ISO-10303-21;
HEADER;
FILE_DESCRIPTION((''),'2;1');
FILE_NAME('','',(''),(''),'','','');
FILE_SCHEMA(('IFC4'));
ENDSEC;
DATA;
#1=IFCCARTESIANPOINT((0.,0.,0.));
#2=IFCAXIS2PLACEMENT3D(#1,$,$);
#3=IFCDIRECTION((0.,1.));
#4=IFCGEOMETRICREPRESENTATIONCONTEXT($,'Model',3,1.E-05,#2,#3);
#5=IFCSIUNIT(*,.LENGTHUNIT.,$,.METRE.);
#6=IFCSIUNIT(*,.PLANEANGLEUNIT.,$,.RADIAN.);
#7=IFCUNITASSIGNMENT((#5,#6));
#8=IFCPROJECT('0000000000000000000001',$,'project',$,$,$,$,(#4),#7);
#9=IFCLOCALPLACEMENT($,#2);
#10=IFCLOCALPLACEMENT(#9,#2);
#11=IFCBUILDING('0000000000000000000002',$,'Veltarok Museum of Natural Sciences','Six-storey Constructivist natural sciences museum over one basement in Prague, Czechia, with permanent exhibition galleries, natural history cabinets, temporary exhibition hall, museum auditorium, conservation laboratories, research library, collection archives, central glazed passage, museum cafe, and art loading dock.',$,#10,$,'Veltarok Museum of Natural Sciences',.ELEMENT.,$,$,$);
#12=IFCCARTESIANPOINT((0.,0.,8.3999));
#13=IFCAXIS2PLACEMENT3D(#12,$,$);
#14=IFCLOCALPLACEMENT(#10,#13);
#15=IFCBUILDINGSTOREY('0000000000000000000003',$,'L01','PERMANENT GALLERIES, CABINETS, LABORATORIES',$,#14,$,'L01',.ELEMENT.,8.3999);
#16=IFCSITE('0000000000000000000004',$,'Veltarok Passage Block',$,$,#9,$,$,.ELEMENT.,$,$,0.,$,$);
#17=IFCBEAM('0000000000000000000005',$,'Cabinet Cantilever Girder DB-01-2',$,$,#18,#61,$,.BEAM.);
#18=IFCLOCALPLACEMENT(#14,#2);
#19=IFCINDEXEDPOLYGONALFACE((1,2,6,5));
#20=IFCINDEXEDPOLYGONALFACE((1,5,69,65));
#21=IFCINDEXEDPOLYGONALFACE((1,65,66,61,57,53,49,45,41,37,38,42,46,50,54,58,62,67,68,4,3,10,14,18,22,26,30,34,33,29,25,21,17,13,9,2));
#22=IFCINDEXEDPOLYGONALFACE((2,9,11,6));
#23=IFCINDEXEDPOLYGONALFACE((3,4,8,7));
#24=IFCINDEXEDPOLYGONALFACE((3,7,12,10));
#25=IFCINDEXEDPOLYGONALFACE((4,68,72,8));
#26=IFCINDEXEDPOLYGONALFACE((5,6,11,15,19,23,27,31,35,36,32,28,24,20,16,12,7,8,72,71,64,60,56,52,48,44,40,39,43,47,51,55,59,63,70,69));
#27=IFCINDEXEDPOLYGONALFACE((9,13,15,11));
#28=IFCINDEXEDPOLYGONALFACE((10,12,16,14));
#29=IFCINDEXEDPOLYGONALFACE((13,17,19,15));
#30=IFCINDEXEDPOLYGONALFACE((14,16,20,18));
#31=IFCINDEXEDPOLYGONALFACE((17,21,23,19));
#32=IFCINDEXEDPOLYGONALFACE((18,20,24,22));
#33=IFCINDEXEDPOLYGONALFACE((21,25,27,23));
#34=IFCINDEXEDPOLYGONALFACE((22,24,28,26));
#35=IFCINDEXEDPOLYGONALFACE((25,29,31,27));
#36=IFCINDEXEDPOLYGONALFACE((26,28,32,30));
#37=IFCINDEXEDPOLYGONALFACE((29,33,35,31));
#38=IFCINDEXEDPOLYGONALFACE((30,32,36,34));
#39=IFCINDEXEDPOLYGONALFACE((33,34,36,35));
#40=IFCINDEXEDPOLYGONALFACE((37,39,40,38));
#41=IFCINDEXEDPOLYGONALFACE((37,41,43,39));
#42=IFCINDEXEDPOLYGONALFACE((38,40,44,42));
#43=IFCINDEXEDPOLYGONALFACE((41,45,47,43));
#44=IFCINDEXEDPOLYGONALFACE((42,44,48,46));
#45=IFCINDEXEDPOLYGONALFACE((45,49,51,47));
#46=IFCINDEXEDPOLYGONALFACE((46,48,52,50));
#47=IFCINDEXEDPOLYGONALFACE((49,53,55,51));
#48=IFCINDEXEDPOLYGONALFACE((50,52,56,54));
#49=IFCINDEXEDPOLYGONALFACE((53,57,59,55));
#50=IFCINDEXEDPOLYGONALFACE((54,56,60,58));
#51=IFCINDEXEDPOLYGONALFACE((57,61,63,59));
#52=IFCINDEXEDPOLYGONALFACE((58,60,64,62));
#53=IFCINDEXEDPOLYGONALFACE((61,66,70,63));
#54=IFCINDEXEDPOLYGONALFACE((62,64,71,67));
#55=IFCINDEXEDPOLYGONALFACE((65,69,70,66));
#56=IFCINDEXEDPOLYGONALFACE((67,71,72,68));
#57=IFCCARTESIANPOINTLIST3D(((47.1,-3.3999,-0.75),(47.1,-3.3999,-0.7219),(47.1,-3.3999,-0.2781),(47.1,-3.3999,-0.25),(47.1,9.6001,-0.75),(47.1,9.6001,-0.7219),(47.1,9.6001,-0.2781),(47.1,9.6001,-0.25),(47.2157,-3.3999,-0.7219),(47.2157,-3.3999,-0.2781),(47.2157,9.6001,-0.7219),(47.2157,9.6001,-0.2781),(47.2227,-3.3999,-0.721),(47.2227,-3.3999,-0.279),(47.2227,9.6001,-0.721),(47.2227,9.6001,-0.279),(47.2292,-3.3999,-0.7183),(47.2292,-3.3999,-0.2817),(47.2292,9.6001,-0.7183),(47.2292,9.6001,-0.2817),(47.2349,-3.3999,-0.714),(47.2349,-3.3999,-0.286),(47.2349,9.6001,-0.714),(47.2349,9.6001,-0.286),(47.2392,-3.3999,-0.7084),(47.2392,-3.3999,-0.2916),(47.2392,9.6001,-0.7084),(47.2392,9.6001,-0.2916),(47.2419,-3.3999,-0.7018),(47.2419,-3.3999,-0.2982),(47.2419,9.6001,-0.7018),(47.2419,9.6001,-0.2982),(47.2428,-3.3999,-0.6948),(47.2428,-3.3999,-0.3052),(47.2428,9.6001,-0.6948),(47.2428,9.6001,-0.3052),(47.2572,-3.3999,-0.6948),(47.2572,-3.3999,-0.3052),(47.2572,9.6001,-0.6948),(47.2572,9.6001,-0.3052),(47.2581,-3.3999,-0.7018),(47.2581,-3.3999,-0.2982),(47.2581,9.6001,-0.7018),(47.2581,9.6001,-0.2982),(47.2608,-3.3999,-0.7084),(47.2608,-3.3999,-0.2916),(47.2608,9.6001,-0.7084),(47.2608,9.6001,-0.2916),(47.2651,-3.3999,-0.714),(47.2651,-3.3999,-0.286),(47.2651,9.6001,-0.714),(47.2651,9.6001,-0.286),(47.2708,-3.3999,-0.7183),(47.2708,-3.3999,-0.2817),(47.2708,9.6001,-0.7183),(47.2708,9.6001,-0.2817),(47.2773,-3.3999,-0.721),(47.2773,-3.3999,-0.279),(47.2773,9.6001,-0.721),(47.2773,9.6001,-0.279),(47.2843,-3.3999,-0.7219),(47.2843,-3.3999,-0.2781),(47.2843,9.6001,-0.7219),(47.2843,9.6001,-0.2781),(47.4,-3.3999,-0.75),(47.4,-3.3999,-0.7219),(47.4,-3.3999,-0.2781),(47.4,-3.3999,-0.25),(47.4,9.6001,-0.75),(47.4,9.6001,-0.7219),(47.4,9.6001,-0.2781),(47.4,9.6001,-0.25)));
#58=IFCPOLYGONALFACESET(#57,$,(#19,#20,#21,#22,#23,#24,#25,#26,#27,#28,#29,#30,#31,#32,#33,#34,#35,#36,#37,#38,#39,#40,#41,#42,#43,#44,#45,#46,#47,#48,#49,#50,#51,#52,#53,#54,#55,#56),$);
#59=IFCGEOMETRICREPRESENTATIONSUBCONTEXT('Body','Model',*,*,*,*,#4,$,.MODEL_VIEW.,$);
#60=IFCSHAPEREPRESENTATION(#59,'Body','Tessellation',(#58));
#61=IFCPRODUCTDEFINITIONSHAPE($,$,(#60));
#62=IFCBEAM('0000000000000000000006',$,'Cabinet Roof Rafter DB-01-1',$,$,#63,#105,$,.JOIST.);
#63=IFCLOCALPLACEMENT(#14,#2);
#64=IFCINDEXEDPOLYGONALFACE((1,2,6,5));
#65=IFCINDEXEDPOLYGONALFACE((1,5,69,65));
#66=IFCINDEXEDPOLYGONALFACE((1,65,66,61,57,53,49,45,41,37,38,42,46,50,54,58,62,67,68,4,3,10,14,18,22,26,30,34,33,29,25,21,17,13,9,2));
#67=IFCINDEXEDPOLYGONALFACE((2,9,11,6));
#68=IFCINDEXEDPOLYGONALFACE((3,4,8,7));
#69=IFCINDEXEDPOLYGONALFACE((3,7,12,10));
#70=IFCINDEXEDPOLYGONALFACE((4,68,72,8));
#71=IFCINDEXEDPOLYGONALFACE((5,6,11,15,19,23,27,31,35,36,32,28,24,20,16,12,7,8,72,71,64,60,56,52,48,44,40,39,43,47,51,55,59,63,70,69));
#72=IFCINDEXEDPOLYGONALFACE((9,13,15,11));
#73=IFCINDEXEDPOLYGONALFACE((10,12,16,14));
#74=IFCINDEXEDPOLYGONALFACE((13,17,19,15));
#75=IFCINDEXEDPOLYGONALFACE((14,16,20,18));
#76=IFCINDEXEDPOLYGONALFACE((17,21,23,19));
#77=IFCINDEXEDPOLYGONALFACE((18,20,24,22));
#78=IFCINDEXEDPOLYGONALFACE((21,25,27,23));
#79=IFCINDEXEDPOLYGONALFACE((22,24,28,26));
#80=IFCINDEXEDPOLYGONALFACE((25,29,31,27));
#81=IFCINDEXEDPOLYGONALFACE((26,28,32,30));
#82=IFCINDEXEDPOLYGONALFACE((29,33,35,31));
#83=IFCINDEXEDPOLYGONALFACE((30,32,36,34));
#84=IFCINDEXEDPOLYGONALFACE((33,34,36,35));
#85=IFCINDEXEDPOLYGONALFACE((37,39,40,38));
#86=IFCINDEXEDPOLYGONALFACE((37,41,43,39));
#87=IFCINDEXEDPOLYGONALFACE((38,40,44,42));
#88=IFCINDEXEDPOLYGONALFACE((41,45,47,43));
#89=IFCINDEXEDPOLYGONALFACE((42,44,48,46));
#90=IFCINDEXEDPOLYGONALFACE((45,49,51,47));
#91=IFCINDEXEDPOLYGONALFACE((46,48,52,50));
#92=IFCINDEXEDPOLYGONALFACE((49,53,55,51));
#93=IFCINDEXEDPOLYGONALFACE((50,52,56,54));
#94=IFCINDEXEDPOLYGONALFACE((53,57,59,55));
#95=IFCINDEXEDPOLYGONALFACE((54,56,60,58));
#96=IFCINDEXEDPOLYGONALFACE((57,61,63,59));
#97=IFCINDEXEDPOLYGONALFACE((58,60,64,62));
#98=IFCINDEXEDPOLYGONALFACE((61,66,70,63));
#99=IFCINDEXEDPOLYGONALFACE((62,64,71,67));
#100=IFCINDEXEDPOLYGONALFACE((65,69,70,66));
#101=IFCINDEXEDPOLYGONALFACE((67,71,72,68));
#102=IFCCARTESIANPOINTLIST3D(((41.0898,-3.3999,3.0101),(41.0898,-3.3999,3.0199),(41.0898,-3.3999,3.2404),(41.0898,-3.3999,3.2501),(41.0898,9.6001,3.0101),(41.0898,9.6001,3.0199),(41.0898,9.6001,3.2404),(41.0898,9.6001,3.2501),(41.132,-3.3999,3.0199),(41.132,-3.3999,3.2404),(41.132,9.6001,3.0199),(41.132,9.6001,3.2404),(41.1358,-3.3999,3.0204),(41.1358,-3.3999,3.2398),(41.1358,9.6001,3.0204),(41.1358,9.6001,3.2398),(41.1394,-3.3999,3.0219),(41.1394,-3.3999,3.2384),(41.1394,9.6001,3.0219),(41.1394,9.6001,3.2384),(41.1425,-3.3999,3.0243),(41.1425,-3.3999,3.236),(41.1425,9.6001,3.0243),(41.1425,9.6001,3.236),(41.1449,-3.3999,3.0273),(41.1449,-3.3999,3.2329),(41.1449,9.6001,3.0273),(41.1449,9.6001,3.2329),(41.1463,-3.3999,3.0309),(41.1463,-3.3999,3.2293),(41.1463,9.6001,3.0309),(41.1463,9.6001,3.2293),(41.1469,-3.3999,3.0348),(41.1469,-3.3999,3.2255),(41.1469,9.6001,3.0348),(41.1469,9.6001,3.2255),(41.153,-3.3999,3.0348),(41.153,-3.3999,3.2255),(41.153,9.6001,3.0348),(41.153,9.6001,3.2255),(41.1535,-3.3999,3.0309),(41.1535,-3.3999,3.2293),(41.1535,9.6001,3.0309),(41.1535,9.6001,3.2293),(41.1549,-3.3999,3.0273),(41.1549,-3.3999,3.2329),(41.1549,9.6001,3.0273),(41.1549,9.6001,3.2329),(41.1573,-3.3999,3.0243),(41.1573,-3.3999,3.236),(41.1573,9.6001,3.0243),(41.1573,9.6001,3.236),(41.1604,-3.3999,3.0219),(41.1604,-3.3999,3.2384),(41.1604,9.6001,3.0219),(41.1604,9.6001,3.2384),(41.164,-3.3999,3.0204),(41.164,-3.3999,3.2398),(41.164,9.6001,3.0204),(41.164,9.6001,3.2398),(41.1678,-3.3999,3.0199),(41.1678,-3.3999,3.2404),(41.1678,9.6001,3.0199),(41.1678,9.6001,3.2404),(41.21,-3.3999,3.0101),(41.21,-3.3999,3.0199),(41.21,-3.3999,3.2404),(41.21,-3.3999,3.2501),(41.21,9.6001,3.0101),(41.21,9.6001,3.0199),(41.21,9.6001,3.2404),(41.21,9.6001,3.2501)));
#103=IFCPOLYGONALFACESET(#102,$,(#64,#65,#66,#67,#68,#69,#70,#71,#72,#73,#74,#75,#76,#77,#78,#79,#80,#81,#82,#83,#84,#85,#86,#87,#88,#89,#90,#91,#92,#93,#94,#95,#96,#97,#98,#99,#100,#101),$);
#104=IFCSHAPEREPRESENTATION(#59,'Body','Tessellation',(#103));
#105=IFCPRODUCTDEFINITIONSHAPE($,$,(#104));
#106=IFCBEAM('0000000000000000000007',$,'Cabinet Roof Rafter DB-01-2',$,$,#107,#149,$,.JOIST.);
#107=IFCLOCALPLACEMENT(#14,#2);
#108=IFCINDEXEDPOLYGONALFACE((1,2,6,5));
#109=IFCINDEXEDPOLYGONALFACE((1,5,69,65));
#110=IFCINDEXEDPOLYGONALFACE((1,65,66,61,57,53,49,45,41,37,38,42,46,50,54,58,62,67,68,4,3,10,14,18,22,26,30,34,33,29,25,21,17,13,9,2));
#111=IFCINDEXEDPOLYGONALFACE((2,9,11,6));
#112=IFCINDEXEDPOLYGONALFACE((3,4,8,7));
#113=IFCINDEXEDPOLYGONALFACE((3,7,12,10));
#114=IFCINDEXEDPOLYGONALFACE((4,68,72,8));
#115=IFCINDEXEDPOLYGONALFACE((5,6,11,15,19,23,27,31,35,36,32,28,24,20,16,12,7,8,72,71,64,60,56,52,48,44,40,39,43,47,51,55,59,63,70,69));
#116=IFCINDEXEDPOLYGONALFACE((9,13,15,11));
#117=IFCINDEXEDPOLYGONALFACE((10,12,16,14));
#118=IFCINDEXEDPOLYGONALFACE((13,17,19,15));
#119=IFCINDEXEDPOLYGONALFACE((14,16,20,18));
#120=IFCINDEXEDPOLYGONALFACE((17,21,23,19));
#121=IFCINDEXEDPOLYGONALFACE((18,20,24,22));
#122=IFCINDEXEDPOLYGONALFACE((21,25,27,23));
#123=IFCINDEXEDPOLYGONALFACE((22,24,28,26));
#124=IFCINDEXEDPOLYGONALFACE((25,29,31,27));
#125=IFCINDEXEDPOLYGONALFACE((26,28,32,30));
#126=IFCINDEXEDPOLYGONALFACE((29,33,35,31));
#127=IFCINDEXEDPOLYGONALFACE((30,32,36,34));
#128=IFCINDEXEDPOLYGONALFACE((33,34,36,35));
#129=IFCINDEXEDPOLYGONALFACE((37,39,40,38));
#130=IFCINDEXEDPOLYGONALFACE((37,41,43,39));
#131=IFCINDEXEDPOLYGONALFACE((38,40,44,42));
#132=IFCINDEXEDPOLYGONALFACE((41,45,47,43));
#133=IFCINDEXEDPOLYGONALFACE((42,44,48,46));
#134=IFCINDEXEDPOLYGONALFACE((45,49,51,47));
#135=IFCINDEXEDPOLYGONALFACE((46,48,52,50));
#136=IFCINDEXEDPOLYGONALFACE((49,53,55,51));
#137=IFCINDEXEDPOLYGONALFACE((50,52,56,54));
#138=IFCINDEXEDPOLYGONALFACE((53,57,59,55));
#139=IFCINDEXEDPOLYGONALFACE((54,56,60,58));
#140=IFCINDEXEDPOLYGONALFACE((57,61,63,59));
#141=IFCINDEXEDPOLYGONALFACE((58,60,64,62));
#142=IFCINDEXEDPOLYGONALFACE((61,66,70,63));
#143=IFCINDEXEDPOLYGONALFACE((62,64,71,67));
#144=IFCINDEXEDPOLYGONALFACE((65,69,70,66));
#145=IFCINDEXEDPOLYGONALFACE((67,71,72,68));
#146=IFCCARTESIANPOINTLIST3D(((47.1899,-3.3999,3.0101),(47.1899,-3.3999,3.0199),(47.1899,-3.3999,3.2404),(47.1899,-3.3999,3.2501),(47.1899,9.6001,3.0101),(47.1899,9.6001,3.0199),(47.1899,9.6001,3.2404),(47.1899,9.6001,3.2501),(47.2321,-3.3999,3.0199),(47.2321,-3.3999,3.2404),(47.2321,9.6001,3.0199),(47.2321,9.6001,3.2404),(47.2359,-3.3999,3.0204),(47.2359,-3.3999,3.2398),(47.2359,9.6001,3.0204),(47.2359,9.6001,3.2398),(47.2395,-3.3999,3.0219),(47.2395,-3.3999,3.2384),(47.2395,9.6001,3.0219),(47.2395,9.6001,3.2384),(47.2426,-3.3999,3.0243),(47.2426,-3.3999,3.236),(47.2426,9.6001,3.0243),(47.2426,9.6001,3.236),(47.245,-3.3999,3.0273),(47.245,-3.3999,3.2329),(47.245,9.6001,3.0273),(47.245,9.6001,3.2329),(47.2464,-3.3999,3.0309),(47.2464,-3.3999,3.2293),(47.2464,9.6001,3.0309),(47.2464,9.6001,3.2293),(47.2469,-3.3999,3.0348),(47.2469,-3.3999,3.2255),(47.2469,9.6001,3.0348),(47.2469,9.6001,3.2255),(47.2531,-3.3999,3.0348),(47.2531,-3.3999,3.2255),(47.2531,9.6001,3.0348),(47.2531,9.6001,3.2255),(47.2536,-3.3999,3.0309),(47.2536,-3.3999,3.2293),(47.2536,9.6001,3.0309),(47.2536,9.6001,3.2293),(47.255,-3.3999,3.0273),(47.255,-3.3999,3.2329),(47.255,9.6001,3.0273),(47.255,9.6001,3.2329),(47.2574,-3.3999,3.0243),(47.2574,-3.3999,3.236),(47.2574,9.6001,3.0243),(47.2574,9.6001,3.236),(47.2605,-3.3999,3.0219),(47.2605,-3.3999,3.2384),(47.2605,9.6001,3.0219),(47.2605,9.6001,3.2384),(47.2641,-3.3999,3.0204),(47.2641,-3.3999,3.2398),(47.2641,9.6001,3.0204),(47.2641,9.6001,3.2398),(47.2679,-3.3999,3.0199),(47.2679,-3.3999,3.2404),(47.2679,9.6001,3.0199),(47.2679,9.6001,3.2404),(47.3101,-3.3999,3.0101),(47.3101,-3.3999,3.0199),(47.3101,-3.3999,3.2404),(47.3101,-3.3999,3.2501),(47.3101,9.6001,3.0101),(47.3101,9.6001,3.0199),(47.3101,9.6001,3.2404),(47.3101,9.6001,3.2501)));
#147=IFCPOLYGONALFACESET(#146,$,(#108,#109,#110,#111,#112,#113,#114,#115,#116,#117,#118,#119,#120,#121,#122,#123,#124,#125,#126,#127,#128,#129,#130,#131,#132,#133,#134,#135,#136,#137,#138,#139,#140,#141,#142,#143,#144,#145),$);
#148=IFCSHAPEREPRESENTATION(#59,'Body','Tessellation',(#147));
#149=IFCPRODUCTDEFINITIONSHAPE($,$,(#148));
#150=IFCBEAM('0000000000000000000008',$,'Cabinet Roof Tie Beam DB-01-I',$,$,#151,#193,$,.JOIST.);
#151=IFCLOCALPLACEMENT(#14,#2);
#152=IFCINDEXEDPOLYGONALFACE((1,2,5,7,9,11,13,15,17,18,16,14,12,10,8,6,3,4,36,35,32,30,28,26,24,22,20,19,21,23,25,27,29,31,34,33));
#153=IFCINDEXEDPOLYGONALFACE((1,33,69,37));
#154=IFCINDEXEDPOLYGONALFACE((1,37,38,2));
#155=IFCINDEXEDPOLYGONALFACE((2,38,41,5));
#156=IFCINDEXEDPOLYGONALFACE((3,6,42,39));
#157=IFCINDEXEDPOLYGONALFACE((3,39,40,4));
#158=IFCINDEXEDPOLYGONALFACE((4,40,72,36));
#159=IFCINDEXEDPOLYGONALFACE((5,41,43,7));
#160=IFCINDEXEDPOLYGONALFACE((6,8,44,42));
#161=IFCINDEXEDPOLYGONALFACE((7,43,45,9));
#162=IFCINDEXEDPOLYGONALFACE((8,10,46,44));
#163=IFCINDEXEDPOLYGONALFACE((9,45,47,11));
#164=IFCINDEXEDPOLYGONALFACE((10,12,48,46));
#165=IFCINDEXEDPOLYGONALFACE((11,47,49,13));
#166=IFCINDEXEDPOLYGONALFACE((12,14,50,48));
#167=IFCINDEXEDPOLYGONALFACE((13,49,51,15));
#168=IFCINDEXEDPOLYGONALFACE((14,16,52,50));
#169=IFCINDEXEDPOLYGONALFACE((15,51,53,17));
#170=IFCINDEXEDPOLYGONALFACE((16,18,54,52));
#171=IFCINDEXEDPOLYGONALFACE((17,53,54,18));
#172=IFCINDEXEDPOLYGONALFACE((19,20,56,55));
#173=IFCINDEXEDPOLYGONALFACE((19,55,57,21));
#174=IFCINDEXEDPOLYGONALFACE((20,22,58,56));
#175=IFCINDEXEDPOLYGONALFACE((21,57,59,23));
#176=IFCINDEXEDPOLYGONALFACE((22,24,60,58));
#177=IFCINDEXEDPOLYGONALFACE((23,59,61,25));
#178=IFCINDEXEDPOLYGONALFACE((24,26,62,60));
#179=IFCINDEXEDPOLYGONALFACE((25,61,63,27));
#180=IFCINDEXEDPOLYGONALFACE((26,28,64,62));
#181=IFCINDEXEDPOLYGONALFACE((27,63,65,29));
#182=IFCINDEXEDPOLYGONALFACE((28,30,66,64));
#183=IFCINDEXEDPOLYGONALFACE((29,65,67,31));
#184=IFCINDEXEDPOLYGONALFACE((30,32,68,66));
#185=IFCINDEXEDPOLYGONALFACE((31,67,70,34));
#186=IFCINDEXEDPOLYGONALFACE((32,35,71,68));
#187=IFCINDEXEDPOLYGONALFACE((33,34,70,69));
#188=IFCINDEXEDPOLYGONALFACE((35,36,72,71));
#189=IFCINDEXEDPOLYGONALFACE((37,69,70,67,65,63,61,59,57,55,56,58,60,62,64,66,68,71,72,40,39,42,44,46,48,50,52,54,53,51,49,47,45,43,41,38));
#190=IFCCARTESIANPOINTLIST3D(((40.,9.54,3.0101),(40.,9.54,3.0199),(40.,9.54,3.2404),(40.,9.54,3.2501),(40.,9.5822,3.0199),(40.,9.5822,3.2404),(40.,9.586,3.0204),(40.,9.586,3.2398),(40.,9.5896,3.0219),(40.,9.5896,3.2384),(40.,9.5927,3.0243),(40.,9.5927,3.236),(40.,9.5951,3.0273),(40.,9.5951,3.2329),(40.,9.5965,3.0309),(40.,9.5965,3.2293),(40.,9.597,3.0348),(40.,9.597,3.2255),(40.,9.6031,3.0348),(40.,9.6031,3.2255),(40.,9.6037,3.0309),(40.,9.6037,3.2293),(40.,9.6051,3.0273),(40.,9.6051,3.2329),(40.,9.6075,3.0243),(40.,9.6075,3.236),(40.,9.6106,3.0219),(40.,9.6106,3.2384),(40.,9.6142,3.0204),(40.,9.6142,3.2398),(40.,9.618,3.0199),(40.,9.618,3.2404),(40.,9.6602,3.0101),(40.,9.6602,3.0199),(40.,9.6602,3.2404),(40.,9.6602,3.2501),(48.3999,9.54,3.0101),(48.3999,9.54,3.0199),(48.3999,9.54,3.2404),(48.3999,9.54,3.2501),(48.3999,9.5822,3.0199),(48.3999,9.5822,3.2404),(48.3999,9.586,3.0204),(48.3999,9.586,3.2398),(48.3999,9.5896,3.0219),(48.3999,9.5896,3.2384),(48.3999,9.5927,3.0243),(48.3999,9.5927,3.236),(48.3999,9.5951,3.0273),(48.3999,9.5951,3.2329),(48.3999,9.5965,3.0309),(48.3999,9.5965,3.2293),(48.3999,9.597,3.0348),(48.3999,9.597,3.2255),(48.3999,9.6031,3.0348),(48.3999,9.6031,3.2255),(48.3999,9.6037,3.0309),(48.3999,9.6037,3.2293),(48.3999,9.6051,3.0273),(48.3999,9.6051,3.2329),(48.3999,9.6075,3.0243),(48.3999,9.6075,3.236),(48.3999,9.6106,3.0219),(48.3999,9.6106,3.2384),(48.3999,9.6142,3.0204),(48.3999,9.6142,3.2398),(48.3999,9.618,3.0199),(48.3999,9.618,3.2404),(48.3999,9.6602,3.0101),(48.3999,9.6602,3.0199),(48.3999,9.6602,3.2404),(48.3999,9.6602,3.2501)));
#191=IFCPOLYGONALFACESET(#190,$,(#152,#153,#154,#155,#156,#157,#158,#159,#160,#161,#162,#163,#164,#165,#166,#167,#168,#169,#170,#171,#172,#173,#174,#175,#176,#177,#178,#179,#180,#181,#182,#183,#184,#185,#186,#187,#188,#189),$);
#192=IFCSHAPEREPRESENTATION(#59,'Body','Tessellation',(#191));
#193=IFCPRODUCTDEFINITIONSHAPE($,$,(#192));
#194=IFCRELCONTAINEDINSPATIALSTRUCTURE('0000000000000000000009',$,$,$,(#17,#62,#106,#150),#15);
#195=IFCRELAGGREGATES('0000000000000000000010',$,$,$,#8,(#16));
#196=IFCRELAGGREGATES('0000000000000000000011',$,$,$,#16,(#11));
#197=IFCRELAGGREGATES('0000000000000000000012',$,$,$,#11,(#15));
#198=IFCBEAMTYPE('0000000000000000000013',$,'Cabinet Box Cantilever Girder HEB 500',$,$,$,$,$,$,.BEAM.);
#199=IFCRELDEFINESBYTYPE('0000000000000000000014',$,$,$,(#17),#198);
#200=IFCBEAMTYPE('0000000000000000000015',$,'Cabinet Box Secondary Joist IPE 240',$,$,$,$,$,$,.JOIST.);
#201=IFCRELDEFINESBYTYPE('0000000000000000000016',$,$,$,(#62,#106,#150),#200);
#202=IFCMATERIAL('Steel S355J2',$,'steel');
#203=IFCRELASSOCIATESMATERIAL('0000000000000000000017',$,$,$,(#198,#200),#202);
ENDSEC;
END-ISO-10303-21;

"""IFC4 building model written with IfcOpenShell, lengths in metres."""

from ifc_helpers import new_model, si_unit, direction, frame, origin, origin_2d, place, context, subcontext, project, spatial, i_section, extrude, material, material_profile, profile_set, type_object, element, save


model = new_model("IFC4")

# Units and contexts
model_context = context("Model", 3, precision=1e-05, world=origin(), true_north=direction((0.0, 1.0)))
body_context = subcontext(model_context, "Body", "Model", "MODEL_VIEW")
ifc_project = project(units=[si_unit("LENGTHUNIT", "METRE"), si_unit("PLANEANGLEUNIT", "RADIAN")], contexts=[model_context])

# Site, building, storey
site_placement = place(None, origin())
site = spatial("IfcSite", under=ifc_project, at=site_placement, Name="Veltarok Passage Block", CompositionType="ELEMENT", RefElevation=0.0)
building_placement = place(site_placement, origin())
building = spatial("IfcBuilding", under=site, at=building_placement, Name="Veltarok Museum of Natural Sciences", Description="Six-storey Constructivist natural sciences museum over one basement in Prague, Czechia, with permanent exhibition galleries, natural history cabinets, temporary exhibition hall, museum auditorium, conservation laboratories, research library, collection archives, central glazed passage, museum cafe, and art loading dock.", LongName="Veltarok Museum of Natural Sciences", CompositionType="ELEMENT")
storey_placement = place(building_placement, frame((0.0, 0.0, 8.3999)))
storey = spatial("IfcBuildingStorey", under=building, at=storey_placement, Name="L01", Description="PERMANENT GALLERIES, CABINETS, LABORATORIES", LongName="L01", CompositionType="ELEMENT", Elevation=8.3999)

# Shared definitions
ifc_material_1 = material(Name="Steel S355J2", Category="steel")

# Beams
ifc_material_profile_1 = material_profile(ifc_material_1, i_section(OverallWidth=0.3, OverallDepth=0.5, WebThickness=0.0144, FlangeThickness=0.0281, FilletRadius=0.0271, at=origin_2d()), Name="HEB 500")
ifc_profile_set_1 = profile_set([ifc_material_profile_1], Name="Steel S355J2")
beam_type_1 = type_object("IfcBeamType", Name="Cabinet Box Cantilever Girder HEB 500", PredefinedType="BEAM", material=ifc_profile_set_1)
for number, where, z_axis, x_axis, name in (
    (1, (47.25, -3.3999, -0.5), (0.0, 1.0, 0.0), (-1.0, 0.0, 0.0), "Cabinet Cantilever Girder DB-01-2"),
):
    element("IfcBeam", number, at=place(storey_placement, frame(where, z_axis=z_axis, x_axis=x_axis)), inside=storey, type_object=beam_type_1, Name=name, PredefinedType="BEAM", context=body_context, shape_type="SweptSolid", body=[
        extrude(i_section(OverallWidth=0.3, OverallDepth=0.5, WebThickness=0.0144, FlangeThickness=0.0281, FilletRadius=0.0271, at=origin_2d()), origin(), (0.0, 0.0, 1.0), 13.0),
    ])
ifc_material_profile_2 = material_profile(ifc_material_1, i_section(OverallWidth=0.1201, OverallDepth=0.24, WebThickness=0.0061, FlangeThickness=0.0098, FilletRadius=0.0149, at=origin_2d()), Name="IPE 240")
ifc_profile_set_2 = profile_set([ifc_material_profile_2], Name="Steel S355J2")
beam_type_2 = type_object("IfcBeamType", Name="Cabinet Box Secondary Joist IPE 240", PredefinedType="JOIST", material=ifc_profile_set_2)
for number, where, z_axis, x_axis, name in (
    (2, (41.1499, -3.3999, 3.1301), (0.0, 1.0, 0.0), (-1.0, 0.0, 0.0), "Cabinet Roof Rafter DB-01-1"),
    (3, (47.25, -3.3999, 3.1301), (0.0, 1.0, 0.0), (-1.0, 0.0, 0.0), "Cabinet Roof Rafter DB-01-2"),
):
    element("IfcBeam", number, at=place(storey_placement, frame(where, z_axis=z_axis, x_axis=x_axis)), inside=storey, type_object=beam_type_2, Name=name, PredefinedType="JOIST", context=body_context, shape_type="SweptSolid", body=[
        extrude(i_section(OverallWidth=0.1201, OverallDepth=0.24, WebThickness=0.0061, FlangeThickness=0.0098, FilletRadius=0.0149, at=origin_2d()), origin(), (0.0, 0.0, 1.0), 13.0),
    ])
beam_1_placement = place(storey_placement, frame((40.0, 9.6001, 3.1301), z_axis=(1.0, 0.0, 0.0), x_axis=(0.0, 1.0, 0.0)))
element("IfcBeam", 4, at=beam_1_placement, inside=storey, type_object=beam_type_2, Name="Cabinet Roof Tie Beam DB-01-I", PredefinedType="JOIST", context=body_context, shape_type="SweptSolid", body=[
    extrude(i_section(OverallWidth=0.1201, OverallDepth=0.24, WebThickness=0.0061, FlangeThickness=0.0098, FilletRadius=0.0149, at=origin_2d()), origin(), (0.0, 0.0, 1.0), 8.3999),
])

save(model, "model.ifc")
